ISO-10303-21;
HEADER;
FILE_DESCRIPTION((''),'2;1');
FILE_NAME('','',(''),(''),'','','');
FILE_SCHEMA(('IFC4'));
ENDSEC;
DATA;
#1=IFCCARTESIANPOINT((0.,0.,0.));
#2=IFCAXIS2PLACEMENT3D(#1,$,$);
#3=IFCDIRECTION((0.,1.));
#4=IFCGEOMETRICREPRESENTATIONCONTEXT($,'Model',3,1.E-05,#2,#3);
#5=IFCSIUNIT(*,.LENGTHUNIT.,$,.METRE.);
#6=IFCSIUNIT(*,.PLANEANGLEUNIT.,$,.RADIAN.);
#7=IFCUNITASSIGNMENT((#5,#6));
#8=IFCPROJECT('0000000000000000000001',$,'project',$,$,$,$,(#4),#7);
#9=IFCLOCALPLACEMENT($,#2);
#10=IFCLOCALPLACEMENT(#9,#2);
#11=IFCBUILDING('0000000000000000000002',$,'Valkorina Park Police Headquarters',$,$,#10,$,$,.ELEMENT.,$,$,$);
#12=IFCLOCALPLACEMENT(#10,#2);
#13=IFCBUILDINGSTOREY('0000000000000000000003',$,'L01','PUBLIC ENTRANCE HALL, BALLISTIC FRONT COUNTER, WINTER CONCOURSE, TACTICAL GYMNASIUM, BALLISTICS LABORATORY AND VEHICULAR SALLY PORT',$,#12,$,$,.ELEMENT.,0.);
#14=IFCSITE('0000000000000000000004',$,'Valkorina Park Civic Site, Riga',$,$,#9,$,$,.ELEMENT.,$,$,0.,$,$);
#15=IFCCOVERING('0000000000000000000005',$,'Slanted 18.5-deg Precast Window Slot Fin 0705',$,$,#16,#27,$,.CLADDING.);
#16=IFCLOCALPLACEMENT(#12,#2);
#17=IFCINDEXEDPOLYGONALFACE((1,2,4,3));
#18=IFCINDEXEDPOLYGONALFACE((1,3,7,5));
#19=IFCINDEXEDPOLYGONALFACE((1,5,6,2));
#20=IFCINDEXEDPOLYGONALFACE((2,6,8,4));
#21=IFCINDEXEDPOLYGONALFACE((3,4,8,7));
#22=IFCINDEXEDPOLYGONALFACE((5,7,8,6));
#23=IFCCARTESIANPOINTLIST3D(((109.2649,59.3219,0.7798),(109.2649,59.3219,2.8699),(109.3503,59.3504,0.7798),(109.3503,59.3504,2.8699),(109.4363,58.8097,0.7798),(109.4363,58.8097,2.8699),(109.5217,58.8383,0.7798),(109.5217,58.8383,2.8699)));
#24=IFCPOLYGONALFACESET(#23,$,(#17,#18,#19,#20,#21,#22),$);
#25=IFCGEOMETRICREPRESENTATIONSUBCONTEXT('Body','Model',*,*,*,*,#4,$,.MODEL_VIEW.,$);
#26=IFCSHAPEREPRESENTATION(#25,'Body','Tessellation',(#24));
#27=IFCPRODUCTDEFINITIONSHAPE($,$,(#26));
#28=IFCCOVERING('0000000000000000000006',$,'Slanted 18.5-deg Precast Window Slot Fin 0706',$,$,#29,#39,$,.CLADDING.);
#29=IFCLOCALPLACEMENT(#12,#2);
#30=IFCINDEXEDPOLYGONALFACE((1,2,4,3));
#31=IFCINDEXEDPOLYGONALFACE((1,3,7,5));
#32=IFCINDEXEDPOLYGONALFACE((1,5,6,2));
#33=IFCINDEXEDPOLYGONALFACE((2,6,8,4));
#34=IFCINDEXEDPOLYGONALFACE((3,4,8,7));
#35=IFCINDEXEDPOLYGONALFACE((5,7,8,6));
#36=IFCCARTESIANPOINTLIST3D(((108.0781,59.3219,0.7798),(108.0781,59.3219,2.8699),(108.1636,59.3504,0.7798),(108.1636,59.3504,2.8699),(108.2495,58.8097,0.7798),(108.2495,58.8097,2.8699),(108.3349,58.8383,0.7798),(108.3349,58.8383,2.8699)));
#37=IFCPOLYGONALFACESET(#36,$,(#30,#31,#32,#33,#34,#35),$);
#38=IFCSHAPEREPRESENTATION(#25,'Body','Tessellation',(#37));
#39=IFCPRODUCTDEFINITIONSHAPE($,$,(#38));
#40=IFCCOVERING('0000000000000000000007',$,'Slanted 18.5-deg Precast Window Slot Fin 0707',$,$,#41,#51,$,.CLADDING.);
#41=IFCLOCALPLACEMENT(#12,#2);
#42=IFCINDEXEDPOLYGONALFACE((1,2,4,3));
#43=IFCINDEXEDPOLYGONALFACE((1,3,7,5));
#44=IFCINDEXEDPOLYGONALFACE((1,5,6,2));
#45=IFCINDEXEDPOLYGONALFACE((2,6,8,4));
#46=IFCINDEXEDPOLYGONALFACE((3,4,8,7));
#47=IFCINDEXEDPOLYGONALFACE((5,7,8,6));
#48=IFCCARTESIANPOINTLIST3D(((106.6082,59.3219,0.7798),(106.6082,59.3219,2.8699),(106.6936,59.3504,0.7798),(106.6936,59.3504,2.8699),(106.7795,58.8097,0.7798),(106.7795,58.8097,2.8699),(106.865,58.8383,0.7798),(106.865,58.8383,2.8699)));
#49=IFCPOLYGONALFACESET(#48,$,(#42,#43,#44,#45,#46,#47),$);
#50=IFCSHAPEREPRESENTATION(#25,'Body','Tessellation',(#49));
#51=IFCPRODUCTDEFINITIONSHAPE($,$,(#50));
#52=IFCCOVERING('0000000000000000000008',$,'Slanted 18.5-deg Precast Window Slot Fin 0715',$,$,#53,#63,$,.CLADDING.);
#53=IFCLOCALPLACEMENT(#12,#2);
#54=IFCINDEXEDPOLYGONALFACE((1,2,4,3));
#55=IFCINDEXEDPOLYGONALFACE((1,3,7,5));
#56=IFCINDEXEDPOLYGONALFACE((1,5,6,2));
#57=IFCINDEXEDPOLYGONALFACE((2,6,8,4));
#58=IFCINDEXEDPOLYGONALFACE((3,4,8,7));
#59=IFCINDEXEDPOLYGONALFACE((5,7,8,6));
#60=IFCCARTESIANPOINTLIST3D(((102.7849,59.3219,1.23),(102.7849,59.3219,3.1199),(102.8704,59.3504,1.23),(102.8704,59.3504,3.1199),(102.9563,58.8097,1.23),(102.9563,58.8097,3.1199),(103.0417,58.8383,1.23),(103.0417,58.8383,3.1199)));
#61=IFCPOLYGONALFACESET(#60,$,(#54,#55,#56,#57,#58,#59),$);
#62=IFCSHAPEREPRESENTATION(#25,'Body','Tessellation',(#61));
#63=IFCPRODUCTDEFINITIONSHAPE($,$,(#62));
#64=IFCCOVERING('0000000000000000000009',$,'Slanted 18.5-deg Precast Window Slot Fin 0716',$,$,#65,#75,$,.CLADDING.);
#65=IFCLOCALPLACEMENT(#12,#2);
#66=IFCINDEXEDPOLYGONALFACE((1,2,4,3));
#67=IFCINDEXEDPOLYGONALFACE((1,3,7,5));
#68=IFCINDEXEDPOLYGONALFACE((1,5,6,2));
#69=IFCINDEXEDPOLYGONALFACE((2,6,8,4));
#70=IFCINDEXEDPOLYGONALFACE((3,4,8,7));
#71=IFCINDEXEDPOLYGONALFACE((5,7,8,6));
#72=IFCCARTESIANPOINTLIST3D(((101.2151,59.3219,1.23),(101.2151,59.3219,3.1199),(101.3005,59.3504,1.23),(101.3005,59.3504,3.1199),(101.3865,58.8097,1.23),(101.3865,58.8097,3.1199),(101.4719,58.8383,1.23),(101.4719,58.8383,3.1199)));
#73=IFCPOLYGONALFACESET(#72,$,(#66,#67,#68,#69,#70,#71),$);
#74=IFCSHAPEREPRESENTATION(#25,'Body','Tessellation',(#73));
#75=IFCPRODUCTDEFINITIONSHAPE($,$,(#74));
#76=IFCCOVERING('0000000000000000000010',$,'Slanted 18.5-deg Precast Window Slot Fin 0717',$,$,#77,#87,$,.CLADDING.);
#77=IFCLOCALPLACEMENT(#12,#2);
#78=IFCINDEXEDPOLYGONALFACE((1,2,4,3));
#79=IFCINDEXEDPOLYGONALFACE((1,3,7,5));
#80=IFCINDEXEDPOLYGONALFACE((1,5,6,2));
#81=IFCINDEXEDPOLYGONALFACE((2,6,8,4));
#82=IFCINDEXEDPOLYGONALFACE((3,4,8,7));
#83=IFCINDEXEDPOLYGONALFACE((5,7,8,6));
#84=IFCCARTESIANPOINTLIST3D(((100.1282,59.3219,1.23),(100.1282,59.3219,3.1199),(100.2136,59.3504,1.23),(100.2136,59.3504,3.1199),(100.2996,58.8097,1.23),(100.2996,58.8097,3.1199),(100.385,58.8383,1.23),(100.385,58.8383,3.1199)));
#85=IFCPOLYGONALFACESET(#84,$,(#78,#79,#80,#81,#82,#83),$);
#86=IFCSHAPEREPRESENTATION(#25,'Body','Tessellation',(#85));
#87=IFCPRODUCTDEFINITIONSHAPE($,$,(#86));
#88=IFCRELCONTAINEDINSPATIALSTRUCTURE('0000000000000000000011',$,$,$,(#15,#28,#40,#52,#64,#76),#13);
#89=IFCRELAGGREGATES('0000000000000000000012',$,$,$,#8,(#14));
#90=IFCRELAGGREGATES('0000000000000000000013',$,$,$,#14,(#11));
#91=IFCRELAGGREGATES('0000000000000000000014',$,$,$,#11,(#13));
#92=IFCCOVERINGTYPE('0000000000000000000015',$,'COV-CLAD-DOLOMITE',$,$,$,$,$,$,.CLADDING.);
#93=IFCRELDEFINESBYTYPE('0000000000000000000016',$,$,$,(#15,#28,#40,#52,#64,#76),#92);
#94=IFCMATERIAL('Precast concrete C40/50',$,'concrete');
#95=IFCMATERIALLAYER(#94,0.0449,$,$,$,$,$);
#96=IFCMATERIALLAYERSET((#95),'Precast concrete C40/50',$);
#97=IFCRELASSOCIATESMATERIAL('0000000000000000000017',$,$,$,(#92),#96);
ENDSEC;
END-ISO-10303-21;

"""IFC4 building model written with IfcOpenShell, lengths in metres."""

from ifc_helpers import new_model, si_unit, direction, frame, origin, origin_2d, place, context, subcontext, project, spatial, rectangle, extrude, material, layer, layer_set, type_object, element, save


model = new_model("IFC4")

# Units and contexts
model_context = context("Model", 3, precision=1e-05, world=origin(), true_north=direction((0.0, 1.0)))
body_context = subcontext(model_context, "Body", "Model", "MODEL_VIEW")
ifc_project = project(units=[si_unit("LENGTHUNIT", "METRE"), si_unit("PLANEANGLEUNIT", "RADIAN")], contexts=[model_context])

# Site, building, storey
site_placement = place(None, origin())
site = spatial("IfcSite", under=ifc_project, at=site_placement, Name="Valkorina Park Civic Site, Riga", CompositionType="ELEMENT", RefElevation=0.0)
building_placement = place(site_placement, origin())
building = spatial("IfcBuilding", under=site, at=building_placement, Name="Valkorina Park Police Headquarters", CompositionType="ELEMENT")
storey_placement = place(building_placement, origin())
storey = spatial("IfcBuildingStorey", under=building, at=storey_placement, Name="L01", Description="PUBLIC ENTRANCE HALL, BALLISTIC FRONT COUNTER, WINTER CONCOURSE, TACTICAL GYMNASIUM, BALLISTICS LABORATORY AND VEHICULAR SALLY PORT", CompositionType="ELEMENT", Elevation=0.0)

# Coverings
ifc_material_1 = material(Name="Precast concrete C40/50", Category="concrete")
ifc_layer_1 = layer(ifc_material_1, 0.0449)
ifc_layer_set_1 = layer_set([ifc_layer_1], Name="Precast concrete C40/50")
covering_type = type_object("IfcCoveringType", Name="COV-CLAD-DOLOMITE", PredefinedType="CLADDING", material=ifc_layer_set_1)
for number, where, z_axis, x_axis, name in (
    (1, (109.3933, 59.0801, 0.7798), (0.0, 0.0, 1.0), (0.317305, -0.948324, 0.0), "Slanted 18.5-deg Precast Window Slot Fin 0705"),
    (2, (108.2065, 59.0801, 0.7798), (0.0, 0.0, 1.0), (0.317305, -0.948324, 0.0), "Slanted 18.5-deg Precast Window Slot Fin 0706"),
    (3, (106.7366, 59.0801, 0.7798), (0.0, 0.0, 1.0), (0.317305, -0.948324, 0.0), "Slanted 18.5-deg Precast Window Slot Fin 0707"),
):
    element("IfcCovering", number, at=place(storey_placement, frame(where, z_axis=z_axis, x_axis=x_axis)), inside=storey, type_object=covering_type, Name=name, PredefinedType="CLADDING", context=body_context, shape_type="SweptSolid", body=[
        extrude(rectangle(XDim=0.54, YDim=0.0901, at=origin_2d()), origin(), (0.0, 0.0, 1.0), 2.0901),
    ])
for number, where, z_axis, x_axis, name in (
    (4, (102.9133, 59.0801, 1.23), (0.0, 0.0, 1.0), (0.317305, -0.948324, 0.0), "Slanted 18.5-deg Precast Window Slot Fin 0715"),
    (5, (101.3435, 59.0801, 1.23), (0.0, 0.0, 1.0), (0.317305, -0.948324, 0.0), "Slanted 18.5-deg Precast Window Slot Fin 0716"),
    (6, (100.2566, 59.0801, 1.23), (0.0, 0.0, 1.0), (0.317305, -0.948324, 0.0), "Slanted 18.5-deg Precast Window Slot Fin 0717"),
):
    element("IfcCovering", number, at=place(storey_placement, frame(where, z_axis=z_axis, x_axis=x_axis)), inside=storey, type_object=covering_type, Name=name, PredefinedType="CLADDING", context=body_context, shape_type="SweptSolid", body=[
        extrude(rectangle(XDim=0.54, YDim=0.0901, at=origin_2d()), origin(), (0.0, 0.0, 1.0), 1.8899),
    ])

save(model, "model.ifc")
